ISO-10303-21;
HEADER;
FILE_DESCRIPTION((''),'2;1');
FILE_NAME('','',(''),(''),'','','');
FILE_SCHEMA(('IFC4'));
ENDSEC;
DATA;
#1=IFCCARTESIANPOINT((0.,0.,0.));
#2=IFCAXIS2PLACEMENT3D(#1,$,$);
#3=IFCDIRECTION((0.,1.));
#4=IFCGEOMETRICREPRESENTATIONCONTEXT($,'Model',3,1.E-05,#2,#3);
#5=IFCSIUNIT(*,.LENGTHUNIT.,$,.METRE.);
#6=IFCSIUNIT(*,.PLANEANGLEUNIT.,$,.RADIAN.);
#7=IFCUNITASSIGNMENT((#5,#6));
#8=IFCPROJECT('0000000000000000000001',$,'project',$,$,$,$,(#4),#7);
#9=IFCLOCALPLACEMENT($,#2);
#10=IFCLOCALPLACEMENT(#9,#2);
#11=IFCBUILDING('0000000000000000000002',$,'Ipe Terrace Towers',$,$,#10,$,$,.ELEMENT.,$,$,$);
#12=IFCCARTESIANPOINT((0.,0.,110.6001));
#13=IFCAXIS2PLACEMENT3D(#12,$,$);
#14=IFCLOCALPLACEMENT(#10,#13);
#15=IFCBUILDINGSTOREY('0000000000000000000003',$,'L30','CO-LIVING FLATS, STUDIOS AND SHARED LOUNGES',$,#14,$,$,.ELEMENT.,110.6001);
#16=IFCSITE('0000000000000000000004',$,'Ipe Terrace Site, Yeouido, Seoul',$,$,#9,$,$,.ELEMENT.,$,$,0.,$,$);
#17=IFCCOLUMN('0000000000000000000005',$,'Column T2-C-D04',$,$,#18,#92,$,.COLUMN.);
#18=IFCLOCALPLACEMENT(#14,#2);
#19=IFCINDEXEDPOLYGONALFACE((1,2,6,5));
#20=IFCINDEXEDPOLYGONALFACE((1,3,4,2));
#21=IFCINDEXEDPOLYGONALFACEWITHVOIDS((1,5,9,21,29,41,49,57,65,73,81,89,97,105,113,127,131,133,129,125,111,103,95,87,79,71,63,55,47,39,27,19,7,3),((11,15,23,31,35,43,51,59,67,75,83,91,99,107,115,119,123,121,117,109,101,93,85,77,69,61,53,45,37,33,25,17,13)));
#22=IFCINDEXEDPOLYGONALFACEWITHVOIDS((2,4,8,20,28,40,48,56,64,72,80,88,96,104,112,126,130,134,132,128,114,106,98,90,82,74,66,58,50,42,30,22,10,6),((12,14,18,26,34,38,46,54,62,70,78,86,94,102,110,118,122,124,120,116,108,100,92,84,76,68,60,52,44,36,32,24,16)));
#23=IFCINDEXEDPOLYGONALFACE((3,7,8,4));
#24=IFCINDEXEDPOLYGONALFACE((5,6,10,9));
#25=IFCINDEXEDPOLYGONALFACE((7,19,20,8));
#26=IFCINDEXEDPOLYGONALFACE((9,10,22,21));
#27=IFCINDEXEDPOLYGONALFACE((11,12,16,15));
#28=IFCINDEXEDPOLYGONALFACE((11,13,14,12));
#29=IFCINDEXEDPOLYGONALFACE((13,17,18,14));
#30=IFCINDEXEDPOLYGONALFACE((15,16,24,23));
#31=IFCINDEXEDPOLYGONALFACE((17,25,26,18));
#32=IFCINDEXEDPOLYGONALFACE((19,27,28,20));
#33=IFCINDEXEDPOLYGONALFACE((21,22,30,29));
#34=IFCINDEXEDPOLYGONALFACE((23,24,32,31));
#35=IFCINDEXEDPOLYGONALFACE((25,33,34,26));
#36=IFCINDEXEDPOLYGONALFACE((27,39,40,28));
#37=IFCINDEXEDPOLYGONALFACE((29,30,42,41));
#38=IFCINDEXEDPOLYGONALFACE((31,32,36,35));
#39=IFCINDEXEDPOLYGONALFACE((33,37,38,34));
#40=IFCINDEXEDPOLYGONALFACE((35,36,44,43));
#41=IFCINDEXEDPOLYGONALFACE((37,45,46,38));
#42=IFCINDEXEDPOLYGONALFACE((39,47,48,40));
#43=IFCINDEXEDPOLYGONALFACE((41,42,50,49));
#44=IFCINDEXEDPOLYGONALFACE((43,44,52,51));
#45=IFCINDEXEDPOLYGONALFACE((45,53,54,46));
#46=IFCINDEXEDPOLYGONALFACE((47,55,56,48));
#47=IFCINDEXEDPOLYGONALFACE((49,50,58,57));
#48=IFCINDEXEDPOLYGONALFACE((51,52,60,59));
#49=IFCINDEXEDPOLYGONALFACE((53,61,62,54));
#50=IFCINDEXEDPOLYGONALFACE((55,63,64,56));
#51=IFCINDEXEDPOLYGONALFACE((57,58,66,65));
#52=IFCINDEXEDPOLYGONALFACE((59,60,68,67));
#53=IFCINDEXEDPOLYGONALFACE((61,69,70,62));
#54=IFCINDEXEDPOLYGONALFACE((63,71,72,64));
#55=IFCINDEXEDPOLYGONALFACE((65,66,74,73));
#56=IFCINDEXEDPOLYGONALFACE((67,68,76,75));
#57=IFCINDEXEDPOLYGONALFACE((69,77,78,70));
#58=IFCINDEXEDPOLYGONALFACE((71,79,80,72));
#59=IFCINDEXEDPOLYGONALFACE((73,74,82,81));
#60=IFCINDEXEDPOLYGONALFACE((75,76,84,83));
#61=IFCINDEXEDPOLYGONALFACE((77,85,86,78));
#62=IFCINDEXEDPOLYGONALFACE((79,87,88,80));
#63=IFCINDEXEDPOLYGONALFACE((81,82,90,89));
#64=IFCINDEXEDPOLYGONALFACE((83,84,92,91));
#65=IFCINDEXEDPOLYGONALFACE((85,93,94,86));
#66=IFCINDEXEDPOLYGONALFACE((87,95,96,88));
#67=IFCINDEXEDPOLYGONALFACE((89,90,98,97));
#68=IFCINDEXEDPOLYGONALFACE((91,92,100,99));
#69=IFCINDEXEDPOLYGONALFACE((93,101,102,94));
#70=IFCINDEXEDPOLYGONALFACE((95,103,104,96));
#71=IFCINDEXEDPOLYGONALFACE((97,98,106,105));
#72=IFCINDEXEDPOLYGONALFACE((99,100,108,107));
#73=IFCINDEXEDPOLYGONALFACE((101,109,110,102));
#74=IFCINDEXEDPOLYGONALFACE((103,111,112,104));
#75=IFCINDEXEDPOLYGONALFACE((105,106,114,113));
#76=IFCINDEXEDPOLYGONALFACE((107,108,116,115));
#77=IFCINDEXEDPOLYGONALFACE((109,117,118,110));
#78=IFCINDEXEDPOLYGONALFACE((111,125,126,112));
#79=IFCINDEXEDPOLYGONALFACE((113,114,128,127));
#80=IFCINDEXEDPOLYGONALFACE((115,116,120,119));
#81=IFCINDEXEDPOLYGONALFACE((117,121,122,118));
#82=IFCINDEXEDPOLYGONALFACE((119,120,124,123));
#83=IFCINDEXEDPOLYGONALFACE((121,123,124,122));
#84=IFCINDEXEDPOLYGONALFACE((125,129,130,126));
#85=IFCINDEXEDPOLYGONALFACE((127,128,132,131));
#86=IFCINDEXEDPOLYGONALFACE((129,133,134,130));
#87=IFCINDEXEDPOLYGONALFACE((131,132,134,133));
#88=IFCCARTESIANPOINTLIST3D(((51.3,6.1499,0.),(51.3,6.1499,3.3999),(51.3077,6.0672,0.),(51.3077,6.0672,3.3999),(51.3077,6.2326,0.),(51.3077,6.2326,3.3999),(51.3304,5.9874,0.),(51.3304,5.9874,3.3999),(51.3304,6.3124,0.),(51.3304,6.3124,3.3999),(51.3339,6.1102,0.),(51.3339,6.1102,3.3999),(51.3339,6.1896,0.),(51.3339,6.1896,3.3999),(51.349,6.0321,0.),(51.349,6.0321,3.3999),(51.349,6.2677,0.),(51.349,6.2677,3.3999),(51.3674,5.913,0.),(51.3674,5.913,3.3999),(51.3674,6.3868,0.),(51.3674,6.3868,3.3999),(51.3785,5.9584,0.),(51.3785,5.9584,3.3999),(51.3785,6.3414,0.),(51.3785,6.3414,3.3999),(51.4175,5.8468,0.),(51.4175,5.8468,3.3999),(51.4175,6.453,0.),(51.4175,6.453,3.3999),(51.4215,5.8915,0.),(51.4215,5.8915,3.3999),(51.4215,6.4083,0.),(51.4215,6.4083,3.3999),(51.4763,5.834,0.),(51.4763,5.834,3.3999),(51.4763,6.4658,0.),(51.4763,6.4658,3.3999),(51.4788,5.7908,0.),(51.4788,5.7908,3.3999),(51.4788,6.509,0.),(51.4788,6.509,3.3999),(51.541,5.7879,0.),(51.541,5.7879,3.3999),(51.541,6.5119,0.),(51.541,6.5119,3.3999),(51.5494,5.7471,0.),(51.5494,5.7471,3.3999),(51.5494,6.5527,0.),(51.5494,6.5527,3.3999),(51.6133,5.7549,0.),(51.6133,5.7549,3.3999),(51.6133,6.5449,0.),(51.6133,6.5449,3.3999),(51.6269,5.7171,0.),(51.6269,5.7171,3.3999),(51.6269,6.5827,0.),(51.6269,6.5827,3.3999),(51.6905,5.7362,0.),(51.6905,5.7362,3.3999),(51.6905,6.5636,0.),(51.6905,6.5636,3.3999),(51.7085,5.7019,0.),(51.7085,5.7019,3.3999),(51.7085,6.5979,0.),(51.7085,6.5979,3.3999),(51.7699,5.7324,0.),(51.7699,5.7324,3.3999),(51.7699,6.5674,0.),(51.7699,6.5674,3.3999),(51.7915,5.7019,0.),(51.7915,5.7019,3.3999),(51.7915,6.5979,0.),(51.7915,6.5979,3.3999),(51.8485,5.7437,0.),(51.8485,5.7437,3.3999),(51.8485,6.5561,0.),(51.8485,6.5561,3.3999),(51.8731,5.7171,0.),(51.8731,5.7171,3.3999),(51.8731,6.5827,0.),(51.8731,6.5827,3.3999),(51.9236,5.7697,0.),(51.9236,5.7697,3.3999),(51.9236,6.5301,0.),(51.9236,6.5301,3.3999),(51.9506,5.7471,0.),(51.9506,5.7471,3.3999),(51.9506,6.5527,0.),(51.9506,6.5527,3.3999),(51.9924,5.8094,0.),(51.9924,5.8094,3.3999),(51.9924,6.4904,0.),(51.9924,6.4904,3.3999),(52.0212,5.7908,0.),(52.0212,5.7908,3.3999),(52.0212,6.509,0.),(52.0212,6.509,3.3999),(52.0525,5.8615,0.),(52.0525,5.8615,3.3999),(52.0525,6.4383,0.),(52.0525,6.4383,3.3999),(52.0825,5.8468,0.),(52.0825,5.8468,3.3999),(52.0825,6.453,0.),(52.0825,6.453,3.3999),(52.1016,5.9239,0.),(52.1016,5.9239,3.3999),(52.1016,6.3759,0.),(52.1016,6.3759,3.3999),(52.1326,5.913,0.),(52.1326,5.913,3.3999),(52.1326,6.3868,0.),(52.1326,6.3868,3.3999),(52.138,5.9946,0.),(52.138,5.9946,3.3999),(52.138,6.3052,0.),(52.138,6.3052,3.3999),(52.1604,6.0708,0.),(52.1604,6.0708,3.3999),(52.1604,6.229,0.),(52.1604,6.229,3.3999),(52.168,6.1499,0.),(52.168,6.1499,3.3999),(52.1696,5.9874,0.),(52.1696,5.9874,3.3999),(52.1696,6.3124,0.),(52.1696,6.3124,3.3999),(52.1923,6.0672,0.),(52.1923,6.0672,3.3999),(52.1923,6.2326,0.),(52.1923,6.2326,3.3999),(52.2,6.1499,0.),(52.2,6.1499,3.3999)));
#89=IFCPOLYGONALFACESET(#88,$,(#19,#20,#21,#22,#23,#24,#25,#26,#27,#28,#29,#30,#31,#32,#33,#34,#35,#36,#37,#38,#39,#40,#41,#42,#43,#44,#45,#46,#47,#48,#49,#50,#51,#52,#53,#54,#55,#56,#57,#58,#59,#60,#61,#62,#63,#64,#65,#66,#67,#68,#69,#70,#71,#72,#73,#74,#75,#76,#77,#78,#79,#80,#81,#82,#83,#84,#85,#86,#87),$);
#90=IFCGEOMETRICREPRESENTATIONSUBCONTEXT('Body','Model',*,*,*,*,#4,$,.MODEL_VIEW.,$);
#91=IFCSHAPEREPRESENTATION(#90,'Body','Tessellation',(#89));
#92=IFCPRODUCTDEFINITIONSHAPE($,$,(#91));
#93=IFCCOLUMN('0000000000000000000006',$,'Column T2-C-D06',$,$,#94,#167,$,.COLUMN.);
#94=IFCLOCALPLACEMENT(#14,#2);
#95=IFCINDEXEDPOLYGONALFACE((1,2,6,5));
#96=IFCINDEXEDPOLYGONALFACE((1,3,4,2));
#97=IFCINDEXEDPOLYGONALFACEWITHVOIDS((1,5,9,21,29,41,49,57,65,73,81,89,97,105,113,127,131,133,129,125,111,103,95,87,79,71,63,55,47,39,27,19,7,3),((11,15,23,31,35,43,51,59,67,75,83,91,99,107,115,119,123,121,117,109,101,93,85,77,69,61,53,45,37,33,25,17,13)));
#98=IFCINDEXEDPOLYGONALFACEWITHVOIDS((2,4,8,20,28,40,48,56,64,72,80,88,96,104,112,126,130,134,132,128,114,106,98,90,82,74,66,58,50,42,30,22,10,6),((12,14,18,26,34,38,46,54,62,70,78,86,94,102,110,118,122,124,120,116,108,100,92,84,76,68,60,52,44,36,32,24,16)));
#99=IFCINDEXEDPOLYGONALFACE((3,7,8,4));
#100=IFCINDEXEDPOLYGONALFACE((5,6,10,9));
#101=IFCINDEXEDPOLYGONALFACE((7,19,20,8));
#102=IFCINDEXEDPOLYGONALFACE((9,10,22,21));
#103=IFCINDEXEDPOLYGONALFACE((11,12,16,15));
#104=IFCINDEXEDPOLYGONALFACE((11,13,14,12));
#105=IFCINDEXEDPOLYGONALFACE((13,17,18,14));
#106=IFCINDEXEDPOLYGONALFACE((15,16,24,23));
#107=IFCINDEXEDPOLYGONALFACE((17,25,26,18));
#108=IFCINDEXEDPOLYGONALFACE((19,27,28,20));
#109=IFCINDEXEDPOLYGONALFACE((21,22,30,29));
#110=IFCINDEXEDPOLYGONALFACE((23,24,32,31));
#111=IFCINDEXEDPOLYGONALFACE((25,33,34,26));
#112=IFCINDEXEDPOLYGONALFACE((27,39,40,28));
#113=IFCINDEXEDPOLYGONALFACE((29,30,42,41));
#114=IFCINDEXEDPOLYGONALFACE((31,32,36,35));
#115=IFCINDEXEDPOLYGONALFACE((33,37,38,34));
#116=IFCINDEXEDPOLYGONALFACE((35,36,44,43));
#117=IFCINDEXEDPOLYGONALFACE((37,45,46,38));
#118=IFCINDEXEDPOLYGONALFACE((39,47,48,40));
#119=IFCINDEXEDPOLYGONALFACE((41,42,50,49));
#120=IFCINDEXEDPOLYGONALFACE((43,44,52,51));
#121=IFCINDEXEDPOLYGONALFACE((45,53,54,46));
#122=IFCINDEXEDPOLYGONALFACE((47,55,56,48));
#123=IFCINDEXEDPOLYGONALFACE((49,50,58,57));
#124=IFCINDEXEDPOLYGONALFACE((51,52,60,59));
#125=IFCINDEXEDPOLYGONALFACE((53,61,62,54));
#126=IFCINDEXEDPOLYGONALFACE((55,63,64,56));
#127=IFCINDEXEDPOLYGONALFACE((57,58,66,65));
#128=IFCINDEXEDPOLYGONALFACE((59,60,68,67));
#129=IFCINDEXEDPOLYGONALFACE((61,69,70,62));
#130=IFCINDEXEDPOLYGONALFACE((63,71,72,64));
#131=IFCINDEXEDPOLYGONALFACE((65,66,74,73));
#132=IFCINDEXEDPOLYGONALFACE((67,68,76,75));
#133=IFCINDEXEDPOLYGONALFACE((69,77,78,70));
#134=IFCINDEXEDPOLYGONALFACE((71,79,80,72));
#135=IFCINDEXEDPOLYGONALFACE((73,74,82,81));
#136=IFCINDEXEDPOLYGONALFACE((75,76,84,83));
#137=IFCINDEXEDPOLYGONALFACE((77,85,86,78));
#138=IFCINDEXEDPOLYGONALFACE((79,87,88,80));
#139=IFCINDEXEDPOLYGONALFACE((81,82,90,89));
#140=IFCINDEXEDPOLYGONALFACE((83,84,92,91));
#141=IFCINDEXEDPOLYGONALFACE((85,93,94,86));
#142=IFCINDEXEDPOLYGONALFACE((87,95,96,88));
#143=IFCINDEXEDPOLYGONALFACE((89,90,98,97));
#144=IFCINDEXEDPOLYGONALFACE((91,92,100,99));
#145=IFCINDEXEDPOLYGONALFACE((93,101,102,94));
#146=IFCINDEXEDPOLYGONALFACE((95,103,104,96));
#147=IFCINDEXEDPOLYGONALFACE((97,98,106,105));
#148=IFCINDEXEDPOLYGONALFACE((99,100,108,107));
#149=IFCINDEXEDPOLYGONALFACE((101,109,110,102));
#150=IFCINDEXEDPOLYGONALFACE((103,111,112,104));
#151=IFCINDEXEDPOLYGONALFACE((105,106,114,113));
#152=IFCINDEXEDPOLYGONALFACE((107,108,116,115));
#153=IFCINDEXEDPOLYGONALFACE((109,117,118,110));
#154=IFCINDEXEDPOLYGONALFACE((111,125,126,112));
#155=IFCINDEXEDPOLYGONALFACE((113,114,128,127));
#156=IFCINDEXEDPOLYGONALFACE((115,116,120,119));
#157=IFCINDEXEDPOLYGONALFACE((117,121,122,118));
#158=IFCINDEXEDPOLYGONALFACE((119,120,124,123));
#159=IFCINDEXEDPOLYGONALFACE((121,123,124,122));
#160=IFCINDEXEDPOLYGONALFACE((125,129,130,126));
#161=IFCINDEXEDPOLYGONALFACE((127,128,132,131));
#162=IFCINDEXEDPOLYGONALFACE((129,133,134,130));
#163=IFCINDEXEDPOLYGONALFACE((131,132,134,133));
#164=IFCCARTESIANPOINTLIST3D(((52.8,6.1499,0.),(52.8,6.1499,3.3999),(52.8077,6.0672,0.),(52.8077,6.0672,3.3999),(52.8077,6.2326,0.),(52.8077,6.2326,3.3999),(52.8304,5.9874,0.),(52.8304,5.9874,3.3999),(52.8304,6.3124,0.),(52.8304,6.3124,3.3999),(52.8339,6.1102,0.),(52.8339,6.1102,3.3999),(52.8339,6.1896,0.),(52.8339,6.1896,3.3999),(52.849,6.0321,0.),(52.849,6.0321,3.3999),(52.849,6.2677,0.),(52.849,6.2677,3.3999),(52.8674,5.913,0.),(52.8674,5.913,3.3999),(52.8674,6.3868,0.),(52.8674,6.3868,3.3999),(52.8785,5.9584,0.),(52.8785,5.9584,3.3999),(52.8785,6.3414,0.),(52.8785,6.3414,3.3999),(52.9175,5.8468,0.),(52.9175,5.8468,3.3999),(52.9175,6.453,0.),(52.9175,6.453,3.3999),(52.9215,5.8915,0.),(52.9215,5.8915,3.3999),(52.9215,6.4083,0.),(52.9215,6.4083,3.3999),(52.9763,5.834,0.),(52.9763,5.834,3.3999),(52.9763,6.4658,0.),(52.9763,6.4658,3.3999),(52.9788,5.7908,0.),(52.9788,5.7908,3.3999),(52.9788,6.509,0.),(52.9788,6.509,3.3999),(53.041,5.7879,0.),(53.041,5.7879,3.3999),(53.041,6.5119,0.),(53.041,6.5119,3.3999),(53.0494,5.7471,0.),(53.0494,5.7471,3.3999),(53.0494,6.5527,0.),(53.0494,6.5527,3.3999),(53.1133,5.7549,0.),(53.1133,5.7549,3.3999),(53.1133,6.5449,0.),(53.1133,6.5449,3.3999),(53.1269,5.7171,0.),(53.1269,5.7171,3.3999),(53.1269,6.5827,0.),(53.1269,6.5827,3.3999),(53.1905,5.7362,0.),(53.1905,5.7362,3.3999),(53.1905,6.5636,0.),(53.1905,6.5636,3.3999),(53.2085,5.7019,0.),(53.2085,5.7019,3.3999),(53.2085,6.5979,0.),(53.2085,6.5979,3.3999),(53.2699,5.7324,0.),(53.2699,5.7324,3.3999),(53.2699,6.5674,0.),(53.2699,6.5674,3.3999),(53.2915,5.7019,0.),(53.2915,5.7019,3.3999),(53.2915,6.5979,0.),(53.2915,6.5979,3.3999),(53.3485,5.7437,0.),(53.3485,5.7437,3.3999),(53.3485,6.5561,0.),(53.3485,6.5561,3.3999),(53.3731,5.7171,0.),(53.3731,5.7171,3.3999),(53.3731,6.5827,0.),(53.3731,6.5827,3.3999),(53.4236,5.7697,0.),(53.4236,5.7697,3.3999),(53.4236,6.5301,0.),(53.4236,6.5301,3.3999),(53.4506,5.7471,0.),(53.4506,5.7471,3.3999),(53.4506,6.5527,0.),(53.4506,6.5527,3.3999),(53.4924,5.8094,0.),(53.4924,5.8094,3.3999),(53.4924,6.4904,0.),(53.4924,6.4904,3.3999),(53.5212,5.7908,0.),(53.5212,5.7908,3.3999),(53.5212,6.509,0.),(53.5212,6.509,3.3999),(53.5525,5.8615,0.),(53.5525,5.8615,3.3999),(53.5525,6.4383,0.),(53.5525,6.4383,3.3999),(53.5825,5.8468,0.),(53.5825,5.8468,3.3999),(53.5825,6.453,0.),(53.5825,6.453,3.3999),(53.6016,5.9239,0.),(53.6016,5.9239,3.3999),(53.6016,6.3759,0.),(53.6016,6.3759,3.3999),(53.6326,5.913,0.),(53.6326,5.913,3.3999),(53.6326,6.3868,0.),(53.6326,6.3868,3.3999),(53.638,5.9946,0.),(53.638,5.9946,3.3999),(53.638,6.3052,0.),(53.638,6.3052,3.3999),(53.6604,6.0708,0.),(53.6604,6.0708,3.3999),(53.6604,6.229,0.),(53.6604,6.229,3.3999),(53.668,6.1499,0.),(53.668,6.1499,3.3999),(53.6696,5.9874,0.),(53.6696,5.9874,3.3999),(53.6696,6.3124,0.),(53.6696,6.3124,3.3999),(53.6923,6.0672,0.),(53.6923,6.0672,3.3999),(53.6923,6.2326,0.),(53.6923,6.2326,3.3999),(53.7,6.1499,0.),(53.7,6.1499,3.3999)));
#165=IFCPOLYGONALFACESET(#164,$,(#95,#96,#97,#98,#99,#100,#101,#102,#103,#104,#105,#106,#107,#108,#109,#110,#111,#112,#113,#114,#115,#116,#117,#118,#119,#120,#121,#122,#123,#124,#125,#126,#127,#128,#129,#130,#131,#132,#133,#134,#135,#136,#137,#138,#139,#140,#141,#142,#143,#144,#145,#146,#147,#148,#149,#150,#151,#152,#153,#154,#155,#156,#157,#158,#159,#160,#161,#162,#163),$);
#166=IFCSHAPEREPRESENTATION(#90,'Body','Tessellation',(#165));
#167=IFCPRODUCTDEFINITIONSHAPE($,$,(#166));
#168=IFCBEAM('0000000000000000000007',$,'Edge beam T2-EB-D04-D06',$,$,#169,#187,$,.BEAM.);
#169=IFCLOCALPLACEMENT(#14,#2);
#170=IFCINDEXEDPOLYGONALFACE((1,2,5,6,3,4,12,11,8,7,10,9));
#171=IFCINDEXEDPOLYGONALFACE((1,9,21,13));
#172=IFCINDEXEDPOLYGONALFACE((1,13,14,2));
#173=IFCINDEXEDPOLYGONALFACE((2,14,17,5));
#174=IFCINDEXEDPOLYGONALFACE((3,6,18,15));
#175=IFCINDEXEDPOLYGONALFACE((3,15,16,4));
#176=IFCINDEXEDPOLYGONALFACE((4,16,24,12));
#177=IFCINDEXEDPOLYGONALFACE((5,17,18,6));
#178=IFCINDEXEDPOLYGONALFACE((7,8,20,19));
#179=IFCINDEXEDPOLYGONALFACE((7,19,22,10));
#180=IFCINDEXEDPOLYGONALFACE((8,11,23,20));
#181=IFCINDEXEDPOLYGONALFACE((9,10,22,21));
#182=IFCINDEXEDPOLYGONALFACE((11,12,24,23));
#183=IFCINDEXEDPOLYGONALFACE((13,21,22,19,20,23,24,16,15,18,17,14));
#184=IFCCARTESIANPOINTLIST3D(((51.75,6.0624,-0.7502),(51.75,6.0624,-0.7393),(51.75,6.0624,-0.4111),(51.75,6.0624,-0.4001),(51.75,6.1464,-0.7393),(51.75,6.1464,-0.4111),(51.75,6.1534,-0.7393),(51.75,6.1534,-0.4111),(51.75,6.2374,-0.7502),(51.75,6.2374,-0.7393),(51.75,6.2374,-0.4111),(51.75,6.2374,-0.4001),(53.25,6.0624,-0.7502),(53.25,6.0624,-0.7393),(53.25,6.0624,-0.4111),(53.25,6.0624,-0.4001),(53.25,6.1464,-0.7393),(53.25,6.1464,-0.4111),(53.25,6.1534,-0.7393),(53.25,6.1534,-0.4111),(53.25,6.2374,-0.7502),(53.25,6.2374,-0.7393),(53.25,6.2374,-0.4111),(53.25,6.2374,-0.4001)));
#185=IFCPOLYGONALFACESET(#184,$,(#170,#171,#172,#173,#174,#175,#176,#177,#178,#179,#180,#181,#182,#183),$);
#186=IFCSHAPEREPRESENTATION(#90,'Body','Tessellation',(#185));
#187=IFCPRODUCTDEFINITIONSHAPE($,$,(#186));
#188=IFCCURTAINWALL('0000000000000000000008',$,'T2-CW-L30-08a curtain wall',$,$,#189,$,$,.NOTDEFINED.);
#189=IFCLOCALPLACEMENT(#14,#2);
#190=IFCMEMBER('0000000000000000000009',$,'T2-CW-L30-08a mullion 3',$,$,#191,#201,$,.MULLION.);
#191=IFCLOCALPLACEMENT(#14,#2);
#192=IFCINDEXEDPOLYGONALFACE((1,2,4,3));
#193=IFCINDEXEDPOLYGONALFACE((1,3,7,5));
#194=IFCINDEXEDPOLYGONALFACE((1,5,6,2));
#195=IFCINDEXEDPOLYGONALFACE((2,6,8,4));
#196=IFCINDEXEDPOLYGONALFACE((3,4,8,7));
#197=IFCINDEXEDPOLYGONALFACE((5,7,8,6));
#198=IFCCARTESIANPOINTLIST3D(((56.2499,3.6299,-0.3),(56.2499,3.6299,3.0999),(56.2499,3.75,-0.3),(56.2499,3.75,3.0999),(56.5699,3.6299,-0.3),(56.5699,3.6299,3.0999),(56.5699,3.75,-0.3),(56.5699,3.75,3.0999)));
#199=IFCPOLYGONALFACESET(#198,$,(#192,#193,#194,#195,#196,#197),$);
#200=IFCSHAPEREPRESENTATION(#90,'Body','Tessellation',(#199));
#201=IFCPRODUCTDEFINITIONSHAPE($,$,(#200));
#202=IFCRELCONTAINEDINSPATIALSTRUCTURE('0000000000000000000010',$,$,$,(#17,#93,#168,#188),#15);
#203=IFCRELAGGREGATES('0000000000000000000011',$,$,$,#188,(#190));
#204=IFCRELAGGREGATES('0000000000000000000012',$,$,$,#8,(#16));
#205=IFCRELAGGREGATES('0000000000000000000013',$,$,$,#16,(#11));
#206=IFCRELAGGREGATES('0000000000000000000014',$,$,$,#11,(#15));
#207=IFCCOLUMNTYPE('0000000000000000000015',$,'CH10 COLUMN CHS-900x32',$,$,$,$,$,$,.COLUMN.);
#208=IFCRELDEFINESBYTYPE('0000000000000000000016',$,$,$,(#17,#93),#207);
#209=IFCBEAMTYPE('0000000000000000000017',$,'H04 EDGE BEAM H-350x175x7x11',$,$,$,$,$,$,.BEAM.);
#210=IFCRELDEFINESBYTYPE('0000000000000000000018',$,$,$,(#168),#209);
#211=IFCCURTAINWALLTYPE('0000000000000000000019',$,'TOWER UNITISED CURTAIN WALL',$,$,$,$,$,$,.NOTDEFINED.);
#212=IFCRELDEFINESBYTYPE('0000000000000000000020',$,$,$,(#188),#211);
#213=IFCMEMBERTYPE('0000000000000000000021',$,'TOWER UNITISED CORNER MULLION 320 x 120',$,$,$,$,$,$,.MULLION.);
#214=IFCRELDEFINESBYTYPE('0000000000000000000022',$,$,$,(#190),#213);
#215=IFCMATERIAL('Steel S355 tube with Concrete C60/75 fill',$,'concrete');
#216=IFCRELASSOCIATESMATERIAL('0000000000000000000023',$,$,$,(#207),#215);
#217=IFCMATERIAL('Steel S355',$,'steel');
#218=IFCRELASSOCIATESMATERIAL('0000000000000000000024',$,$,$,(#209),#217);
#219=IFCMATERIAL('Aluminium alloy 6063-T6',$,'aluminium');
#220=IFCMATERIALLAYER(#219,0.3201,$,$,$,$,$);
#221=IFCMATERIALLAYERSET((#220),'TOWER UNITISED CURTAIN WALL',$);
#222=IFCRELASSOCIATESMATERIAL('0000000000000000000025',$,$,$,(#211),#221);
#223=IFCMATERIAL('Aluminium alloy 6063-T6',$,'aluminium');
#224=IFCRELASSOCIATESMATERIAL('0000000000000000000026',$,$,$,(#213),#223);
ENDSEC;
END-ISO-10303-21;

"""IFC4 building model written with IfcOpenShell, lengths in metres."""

from ifc_helpers import new_model, si_unit, direction, frame, origin, origin_2d, place, context, subcontext, project, spatial, rectangle, hollow_circle, i_section, extrude, material, layer, layer_set, material_profile, profile_set, type_object, element, aggregate, save


model = new_model("IFC4")

# Units and contexts
model_context = context("Model", 3, precision=1e-05, world=origin(), true_north=direction((0.0, 1.0)))
body_context = subcontext(model_context, "Body", "Model", "MODEL_VIEW")
ifc_project = project(units=[si_unit("LENGTHUNIT", "METRE"), si_unit("PLANEANGLEUNIT", "RADIAN")], contexts=[model_context])

# Site, building, storey
site_placement = place(None, origin())
site = spatial("IfcSite", under=ifc_project, at=site_placement, Name="Ipe Terrace Site, Yeouido, Seoul", CompositionType="ELEMENT", RefElevation=0.0)
building_placement = place(site_placement, origin())
building = spatial("IfcBuilding", under=site, at=building_placement, Name="Ipe Terrace Towers", CompositionType="ELEMENT")
storey_placement = place(building_placement, frame((0.0, 0.0, 110.6001)))
storey = spatial("IfcBuildingStorey", under=building, at=storey_placement, Name="L30", Description="CO-LIVING FLATS, STUDIOS AND SHARED LOUNGES", CompositionType="ELEMENT", Elevation=110.6001)

# Columns
ifc_material_1 = material(Name="Steel S355 tube with Concrete C60/75 fill", Category="concrete")
ifc_material_profile_1 = material_profile(ifc_material_1, hollow_circle(Radius=0.45, WallThickness=0.032, at=origin_2d()), Name="CHS-900x32")
ifc_profile_set_1 = profile_set([ifc_material_profile_1], Name="Steel S355 tube with Concrete C60/75 fill")
column_type = type_object("IfcColumnType", Name="CH10 COLUMN CHS-900x32", PredefinedType="COLUMN", material=ifc_profile_set_1)
for number, where, z_axis, x_axis, name in (
    (1, (51.75, 6.1499, 0.0), (0.0, 0.0, 1.0), (1.0, 0.0, 0.0), "Column T2-C-D04"),
    (2, (53.25, 6.1499, 0.0), (0.0, 0.0, 1.0), (1.0, 0.0, 0.0), "Column T2-C-D06"),
):
    element("IfcColumn", number, at=place(storey_placement, frame(where, z_axis=z_axis, x_axis=x_axis)), inside=storey, type_object=column_type, Name=name, PredefinedType="COLUMN", context=body_context, shape_type="SweptSolid", body=[
        extrude(hollow_circle(Radius=0.45, WallThickness=0.032, at=origin_2d()), origin(), (0.0, 0.0, 1.0), 3.3999),
    ])

# Beam
ifc_material_2 = material(Name="Steel S355", Category="steel")
ifc_material_profile_2 = material_profile(ifc_material_2, i_section(OverallWidth=0.175, OverallDepth=0.3501, WebThickness=0.0071, FlangeThickness=0.011, at=origin_2d()), Name="H-350x175x7x11")
ifc_profile_set_2 = profile_set([ifc_material_profile_2], Name="Steel S355")
beam_type = type_object("IfcBeamType", Name="H04 EDGE BEAM H-350x175x7x11", PredefinedType="BEAM", material=ifc_profile_set_2)
beam_placement = place(storey_placement, frame((51.75, 6.1499, -0.5752), z_axis=(1.0, 0.0, 0.0), x_axis=(0.0, 1.0, 0.0)))
element("IfcBeam", 3, at=beam_placement, inside=storey, type_object=beam_type, Name="Edge beam T2-EB-D04-D06", PredefinedType="BEAM", context=body_context, shape_type="SweptSolid", body=[
    extrude(i_section(OverallWidth=0.175, OverallDepth=0.3501, WebThickness=0.0071, FlangeThickness=0.011, at=origin_2d()), origin(), (0.0, 0.0, 1.0), 1.5),
])

# Curtain wall, member
ifc_material_3 = material(Name="Aluminium alloy 6063-T6", Category="aluminium")
ifc_layer_1 = layer(ifc_material_3, 0.3201)
ifc_layer_set_1 = layer_set([ifc_layer_1], Name="TOWER UNITISED CURTAIN WALL")
curtain_wall_type = type_object("IfcCurtainWallType", Name="TOWER UNITISED CURTAIN WALL", PredefinedType="NOTDEFINED", material=ifc_layer_set_1)
curtain_wall_1_placement = place(storey_placement, origin())
curtain_wall_1 = element("IfcCurtainWall", 4, at=curtain_wall_1_placement, inside=storey, type_object=curtain_wall_type, Name="T2-CW-L30-08a curtain wall", PredefinedType="NOTDEFINED")
ifc_material_4 = material(Name="Aluminium alloy 6063-T6", Category="aluminium")
ifc_material_profile_3 = material_profile(ifc_material_4, rectangle(XDim=0.3201, YDim=0.1201, at=origin_2d()), Name="TOWER UNITISED CORNER MULLION 320 x 120")
ifc_profile_set_3 = profile_set([ifc_material_profile_3], Name="Aluminium alloy 6063-T6")
member_type = type_object("IfcMemberType", Name="TOWER UNITISED CORNER MULLION 320 x 120", PredefinedType="MULLION", material=ifc_profile_set_3)
member_1_placement = place(storey_placement, frame((56.4099, 3.6899, -0.3), z_axis=(0.0, 0.0, 1.0), x_axis=(1.0, 0.0, 0.0)))
member_1 = element("IfcMember", 5, at=member_1_placement, type_object=member_type, Name="T2-CW-L30-08a mullion 3", PredefinedType="MULLION", context=body_context, shape_type="SweptSolid", body=[
    extrude(rectangle(XDim=0.3201, YDim=0.1201, at=origin_2d()), origin(), (0.0, 0.0, 1.0), 3.3999),
])

aggregate(curtain_wall_1, [member_1])

save(model, "model.ifc")
